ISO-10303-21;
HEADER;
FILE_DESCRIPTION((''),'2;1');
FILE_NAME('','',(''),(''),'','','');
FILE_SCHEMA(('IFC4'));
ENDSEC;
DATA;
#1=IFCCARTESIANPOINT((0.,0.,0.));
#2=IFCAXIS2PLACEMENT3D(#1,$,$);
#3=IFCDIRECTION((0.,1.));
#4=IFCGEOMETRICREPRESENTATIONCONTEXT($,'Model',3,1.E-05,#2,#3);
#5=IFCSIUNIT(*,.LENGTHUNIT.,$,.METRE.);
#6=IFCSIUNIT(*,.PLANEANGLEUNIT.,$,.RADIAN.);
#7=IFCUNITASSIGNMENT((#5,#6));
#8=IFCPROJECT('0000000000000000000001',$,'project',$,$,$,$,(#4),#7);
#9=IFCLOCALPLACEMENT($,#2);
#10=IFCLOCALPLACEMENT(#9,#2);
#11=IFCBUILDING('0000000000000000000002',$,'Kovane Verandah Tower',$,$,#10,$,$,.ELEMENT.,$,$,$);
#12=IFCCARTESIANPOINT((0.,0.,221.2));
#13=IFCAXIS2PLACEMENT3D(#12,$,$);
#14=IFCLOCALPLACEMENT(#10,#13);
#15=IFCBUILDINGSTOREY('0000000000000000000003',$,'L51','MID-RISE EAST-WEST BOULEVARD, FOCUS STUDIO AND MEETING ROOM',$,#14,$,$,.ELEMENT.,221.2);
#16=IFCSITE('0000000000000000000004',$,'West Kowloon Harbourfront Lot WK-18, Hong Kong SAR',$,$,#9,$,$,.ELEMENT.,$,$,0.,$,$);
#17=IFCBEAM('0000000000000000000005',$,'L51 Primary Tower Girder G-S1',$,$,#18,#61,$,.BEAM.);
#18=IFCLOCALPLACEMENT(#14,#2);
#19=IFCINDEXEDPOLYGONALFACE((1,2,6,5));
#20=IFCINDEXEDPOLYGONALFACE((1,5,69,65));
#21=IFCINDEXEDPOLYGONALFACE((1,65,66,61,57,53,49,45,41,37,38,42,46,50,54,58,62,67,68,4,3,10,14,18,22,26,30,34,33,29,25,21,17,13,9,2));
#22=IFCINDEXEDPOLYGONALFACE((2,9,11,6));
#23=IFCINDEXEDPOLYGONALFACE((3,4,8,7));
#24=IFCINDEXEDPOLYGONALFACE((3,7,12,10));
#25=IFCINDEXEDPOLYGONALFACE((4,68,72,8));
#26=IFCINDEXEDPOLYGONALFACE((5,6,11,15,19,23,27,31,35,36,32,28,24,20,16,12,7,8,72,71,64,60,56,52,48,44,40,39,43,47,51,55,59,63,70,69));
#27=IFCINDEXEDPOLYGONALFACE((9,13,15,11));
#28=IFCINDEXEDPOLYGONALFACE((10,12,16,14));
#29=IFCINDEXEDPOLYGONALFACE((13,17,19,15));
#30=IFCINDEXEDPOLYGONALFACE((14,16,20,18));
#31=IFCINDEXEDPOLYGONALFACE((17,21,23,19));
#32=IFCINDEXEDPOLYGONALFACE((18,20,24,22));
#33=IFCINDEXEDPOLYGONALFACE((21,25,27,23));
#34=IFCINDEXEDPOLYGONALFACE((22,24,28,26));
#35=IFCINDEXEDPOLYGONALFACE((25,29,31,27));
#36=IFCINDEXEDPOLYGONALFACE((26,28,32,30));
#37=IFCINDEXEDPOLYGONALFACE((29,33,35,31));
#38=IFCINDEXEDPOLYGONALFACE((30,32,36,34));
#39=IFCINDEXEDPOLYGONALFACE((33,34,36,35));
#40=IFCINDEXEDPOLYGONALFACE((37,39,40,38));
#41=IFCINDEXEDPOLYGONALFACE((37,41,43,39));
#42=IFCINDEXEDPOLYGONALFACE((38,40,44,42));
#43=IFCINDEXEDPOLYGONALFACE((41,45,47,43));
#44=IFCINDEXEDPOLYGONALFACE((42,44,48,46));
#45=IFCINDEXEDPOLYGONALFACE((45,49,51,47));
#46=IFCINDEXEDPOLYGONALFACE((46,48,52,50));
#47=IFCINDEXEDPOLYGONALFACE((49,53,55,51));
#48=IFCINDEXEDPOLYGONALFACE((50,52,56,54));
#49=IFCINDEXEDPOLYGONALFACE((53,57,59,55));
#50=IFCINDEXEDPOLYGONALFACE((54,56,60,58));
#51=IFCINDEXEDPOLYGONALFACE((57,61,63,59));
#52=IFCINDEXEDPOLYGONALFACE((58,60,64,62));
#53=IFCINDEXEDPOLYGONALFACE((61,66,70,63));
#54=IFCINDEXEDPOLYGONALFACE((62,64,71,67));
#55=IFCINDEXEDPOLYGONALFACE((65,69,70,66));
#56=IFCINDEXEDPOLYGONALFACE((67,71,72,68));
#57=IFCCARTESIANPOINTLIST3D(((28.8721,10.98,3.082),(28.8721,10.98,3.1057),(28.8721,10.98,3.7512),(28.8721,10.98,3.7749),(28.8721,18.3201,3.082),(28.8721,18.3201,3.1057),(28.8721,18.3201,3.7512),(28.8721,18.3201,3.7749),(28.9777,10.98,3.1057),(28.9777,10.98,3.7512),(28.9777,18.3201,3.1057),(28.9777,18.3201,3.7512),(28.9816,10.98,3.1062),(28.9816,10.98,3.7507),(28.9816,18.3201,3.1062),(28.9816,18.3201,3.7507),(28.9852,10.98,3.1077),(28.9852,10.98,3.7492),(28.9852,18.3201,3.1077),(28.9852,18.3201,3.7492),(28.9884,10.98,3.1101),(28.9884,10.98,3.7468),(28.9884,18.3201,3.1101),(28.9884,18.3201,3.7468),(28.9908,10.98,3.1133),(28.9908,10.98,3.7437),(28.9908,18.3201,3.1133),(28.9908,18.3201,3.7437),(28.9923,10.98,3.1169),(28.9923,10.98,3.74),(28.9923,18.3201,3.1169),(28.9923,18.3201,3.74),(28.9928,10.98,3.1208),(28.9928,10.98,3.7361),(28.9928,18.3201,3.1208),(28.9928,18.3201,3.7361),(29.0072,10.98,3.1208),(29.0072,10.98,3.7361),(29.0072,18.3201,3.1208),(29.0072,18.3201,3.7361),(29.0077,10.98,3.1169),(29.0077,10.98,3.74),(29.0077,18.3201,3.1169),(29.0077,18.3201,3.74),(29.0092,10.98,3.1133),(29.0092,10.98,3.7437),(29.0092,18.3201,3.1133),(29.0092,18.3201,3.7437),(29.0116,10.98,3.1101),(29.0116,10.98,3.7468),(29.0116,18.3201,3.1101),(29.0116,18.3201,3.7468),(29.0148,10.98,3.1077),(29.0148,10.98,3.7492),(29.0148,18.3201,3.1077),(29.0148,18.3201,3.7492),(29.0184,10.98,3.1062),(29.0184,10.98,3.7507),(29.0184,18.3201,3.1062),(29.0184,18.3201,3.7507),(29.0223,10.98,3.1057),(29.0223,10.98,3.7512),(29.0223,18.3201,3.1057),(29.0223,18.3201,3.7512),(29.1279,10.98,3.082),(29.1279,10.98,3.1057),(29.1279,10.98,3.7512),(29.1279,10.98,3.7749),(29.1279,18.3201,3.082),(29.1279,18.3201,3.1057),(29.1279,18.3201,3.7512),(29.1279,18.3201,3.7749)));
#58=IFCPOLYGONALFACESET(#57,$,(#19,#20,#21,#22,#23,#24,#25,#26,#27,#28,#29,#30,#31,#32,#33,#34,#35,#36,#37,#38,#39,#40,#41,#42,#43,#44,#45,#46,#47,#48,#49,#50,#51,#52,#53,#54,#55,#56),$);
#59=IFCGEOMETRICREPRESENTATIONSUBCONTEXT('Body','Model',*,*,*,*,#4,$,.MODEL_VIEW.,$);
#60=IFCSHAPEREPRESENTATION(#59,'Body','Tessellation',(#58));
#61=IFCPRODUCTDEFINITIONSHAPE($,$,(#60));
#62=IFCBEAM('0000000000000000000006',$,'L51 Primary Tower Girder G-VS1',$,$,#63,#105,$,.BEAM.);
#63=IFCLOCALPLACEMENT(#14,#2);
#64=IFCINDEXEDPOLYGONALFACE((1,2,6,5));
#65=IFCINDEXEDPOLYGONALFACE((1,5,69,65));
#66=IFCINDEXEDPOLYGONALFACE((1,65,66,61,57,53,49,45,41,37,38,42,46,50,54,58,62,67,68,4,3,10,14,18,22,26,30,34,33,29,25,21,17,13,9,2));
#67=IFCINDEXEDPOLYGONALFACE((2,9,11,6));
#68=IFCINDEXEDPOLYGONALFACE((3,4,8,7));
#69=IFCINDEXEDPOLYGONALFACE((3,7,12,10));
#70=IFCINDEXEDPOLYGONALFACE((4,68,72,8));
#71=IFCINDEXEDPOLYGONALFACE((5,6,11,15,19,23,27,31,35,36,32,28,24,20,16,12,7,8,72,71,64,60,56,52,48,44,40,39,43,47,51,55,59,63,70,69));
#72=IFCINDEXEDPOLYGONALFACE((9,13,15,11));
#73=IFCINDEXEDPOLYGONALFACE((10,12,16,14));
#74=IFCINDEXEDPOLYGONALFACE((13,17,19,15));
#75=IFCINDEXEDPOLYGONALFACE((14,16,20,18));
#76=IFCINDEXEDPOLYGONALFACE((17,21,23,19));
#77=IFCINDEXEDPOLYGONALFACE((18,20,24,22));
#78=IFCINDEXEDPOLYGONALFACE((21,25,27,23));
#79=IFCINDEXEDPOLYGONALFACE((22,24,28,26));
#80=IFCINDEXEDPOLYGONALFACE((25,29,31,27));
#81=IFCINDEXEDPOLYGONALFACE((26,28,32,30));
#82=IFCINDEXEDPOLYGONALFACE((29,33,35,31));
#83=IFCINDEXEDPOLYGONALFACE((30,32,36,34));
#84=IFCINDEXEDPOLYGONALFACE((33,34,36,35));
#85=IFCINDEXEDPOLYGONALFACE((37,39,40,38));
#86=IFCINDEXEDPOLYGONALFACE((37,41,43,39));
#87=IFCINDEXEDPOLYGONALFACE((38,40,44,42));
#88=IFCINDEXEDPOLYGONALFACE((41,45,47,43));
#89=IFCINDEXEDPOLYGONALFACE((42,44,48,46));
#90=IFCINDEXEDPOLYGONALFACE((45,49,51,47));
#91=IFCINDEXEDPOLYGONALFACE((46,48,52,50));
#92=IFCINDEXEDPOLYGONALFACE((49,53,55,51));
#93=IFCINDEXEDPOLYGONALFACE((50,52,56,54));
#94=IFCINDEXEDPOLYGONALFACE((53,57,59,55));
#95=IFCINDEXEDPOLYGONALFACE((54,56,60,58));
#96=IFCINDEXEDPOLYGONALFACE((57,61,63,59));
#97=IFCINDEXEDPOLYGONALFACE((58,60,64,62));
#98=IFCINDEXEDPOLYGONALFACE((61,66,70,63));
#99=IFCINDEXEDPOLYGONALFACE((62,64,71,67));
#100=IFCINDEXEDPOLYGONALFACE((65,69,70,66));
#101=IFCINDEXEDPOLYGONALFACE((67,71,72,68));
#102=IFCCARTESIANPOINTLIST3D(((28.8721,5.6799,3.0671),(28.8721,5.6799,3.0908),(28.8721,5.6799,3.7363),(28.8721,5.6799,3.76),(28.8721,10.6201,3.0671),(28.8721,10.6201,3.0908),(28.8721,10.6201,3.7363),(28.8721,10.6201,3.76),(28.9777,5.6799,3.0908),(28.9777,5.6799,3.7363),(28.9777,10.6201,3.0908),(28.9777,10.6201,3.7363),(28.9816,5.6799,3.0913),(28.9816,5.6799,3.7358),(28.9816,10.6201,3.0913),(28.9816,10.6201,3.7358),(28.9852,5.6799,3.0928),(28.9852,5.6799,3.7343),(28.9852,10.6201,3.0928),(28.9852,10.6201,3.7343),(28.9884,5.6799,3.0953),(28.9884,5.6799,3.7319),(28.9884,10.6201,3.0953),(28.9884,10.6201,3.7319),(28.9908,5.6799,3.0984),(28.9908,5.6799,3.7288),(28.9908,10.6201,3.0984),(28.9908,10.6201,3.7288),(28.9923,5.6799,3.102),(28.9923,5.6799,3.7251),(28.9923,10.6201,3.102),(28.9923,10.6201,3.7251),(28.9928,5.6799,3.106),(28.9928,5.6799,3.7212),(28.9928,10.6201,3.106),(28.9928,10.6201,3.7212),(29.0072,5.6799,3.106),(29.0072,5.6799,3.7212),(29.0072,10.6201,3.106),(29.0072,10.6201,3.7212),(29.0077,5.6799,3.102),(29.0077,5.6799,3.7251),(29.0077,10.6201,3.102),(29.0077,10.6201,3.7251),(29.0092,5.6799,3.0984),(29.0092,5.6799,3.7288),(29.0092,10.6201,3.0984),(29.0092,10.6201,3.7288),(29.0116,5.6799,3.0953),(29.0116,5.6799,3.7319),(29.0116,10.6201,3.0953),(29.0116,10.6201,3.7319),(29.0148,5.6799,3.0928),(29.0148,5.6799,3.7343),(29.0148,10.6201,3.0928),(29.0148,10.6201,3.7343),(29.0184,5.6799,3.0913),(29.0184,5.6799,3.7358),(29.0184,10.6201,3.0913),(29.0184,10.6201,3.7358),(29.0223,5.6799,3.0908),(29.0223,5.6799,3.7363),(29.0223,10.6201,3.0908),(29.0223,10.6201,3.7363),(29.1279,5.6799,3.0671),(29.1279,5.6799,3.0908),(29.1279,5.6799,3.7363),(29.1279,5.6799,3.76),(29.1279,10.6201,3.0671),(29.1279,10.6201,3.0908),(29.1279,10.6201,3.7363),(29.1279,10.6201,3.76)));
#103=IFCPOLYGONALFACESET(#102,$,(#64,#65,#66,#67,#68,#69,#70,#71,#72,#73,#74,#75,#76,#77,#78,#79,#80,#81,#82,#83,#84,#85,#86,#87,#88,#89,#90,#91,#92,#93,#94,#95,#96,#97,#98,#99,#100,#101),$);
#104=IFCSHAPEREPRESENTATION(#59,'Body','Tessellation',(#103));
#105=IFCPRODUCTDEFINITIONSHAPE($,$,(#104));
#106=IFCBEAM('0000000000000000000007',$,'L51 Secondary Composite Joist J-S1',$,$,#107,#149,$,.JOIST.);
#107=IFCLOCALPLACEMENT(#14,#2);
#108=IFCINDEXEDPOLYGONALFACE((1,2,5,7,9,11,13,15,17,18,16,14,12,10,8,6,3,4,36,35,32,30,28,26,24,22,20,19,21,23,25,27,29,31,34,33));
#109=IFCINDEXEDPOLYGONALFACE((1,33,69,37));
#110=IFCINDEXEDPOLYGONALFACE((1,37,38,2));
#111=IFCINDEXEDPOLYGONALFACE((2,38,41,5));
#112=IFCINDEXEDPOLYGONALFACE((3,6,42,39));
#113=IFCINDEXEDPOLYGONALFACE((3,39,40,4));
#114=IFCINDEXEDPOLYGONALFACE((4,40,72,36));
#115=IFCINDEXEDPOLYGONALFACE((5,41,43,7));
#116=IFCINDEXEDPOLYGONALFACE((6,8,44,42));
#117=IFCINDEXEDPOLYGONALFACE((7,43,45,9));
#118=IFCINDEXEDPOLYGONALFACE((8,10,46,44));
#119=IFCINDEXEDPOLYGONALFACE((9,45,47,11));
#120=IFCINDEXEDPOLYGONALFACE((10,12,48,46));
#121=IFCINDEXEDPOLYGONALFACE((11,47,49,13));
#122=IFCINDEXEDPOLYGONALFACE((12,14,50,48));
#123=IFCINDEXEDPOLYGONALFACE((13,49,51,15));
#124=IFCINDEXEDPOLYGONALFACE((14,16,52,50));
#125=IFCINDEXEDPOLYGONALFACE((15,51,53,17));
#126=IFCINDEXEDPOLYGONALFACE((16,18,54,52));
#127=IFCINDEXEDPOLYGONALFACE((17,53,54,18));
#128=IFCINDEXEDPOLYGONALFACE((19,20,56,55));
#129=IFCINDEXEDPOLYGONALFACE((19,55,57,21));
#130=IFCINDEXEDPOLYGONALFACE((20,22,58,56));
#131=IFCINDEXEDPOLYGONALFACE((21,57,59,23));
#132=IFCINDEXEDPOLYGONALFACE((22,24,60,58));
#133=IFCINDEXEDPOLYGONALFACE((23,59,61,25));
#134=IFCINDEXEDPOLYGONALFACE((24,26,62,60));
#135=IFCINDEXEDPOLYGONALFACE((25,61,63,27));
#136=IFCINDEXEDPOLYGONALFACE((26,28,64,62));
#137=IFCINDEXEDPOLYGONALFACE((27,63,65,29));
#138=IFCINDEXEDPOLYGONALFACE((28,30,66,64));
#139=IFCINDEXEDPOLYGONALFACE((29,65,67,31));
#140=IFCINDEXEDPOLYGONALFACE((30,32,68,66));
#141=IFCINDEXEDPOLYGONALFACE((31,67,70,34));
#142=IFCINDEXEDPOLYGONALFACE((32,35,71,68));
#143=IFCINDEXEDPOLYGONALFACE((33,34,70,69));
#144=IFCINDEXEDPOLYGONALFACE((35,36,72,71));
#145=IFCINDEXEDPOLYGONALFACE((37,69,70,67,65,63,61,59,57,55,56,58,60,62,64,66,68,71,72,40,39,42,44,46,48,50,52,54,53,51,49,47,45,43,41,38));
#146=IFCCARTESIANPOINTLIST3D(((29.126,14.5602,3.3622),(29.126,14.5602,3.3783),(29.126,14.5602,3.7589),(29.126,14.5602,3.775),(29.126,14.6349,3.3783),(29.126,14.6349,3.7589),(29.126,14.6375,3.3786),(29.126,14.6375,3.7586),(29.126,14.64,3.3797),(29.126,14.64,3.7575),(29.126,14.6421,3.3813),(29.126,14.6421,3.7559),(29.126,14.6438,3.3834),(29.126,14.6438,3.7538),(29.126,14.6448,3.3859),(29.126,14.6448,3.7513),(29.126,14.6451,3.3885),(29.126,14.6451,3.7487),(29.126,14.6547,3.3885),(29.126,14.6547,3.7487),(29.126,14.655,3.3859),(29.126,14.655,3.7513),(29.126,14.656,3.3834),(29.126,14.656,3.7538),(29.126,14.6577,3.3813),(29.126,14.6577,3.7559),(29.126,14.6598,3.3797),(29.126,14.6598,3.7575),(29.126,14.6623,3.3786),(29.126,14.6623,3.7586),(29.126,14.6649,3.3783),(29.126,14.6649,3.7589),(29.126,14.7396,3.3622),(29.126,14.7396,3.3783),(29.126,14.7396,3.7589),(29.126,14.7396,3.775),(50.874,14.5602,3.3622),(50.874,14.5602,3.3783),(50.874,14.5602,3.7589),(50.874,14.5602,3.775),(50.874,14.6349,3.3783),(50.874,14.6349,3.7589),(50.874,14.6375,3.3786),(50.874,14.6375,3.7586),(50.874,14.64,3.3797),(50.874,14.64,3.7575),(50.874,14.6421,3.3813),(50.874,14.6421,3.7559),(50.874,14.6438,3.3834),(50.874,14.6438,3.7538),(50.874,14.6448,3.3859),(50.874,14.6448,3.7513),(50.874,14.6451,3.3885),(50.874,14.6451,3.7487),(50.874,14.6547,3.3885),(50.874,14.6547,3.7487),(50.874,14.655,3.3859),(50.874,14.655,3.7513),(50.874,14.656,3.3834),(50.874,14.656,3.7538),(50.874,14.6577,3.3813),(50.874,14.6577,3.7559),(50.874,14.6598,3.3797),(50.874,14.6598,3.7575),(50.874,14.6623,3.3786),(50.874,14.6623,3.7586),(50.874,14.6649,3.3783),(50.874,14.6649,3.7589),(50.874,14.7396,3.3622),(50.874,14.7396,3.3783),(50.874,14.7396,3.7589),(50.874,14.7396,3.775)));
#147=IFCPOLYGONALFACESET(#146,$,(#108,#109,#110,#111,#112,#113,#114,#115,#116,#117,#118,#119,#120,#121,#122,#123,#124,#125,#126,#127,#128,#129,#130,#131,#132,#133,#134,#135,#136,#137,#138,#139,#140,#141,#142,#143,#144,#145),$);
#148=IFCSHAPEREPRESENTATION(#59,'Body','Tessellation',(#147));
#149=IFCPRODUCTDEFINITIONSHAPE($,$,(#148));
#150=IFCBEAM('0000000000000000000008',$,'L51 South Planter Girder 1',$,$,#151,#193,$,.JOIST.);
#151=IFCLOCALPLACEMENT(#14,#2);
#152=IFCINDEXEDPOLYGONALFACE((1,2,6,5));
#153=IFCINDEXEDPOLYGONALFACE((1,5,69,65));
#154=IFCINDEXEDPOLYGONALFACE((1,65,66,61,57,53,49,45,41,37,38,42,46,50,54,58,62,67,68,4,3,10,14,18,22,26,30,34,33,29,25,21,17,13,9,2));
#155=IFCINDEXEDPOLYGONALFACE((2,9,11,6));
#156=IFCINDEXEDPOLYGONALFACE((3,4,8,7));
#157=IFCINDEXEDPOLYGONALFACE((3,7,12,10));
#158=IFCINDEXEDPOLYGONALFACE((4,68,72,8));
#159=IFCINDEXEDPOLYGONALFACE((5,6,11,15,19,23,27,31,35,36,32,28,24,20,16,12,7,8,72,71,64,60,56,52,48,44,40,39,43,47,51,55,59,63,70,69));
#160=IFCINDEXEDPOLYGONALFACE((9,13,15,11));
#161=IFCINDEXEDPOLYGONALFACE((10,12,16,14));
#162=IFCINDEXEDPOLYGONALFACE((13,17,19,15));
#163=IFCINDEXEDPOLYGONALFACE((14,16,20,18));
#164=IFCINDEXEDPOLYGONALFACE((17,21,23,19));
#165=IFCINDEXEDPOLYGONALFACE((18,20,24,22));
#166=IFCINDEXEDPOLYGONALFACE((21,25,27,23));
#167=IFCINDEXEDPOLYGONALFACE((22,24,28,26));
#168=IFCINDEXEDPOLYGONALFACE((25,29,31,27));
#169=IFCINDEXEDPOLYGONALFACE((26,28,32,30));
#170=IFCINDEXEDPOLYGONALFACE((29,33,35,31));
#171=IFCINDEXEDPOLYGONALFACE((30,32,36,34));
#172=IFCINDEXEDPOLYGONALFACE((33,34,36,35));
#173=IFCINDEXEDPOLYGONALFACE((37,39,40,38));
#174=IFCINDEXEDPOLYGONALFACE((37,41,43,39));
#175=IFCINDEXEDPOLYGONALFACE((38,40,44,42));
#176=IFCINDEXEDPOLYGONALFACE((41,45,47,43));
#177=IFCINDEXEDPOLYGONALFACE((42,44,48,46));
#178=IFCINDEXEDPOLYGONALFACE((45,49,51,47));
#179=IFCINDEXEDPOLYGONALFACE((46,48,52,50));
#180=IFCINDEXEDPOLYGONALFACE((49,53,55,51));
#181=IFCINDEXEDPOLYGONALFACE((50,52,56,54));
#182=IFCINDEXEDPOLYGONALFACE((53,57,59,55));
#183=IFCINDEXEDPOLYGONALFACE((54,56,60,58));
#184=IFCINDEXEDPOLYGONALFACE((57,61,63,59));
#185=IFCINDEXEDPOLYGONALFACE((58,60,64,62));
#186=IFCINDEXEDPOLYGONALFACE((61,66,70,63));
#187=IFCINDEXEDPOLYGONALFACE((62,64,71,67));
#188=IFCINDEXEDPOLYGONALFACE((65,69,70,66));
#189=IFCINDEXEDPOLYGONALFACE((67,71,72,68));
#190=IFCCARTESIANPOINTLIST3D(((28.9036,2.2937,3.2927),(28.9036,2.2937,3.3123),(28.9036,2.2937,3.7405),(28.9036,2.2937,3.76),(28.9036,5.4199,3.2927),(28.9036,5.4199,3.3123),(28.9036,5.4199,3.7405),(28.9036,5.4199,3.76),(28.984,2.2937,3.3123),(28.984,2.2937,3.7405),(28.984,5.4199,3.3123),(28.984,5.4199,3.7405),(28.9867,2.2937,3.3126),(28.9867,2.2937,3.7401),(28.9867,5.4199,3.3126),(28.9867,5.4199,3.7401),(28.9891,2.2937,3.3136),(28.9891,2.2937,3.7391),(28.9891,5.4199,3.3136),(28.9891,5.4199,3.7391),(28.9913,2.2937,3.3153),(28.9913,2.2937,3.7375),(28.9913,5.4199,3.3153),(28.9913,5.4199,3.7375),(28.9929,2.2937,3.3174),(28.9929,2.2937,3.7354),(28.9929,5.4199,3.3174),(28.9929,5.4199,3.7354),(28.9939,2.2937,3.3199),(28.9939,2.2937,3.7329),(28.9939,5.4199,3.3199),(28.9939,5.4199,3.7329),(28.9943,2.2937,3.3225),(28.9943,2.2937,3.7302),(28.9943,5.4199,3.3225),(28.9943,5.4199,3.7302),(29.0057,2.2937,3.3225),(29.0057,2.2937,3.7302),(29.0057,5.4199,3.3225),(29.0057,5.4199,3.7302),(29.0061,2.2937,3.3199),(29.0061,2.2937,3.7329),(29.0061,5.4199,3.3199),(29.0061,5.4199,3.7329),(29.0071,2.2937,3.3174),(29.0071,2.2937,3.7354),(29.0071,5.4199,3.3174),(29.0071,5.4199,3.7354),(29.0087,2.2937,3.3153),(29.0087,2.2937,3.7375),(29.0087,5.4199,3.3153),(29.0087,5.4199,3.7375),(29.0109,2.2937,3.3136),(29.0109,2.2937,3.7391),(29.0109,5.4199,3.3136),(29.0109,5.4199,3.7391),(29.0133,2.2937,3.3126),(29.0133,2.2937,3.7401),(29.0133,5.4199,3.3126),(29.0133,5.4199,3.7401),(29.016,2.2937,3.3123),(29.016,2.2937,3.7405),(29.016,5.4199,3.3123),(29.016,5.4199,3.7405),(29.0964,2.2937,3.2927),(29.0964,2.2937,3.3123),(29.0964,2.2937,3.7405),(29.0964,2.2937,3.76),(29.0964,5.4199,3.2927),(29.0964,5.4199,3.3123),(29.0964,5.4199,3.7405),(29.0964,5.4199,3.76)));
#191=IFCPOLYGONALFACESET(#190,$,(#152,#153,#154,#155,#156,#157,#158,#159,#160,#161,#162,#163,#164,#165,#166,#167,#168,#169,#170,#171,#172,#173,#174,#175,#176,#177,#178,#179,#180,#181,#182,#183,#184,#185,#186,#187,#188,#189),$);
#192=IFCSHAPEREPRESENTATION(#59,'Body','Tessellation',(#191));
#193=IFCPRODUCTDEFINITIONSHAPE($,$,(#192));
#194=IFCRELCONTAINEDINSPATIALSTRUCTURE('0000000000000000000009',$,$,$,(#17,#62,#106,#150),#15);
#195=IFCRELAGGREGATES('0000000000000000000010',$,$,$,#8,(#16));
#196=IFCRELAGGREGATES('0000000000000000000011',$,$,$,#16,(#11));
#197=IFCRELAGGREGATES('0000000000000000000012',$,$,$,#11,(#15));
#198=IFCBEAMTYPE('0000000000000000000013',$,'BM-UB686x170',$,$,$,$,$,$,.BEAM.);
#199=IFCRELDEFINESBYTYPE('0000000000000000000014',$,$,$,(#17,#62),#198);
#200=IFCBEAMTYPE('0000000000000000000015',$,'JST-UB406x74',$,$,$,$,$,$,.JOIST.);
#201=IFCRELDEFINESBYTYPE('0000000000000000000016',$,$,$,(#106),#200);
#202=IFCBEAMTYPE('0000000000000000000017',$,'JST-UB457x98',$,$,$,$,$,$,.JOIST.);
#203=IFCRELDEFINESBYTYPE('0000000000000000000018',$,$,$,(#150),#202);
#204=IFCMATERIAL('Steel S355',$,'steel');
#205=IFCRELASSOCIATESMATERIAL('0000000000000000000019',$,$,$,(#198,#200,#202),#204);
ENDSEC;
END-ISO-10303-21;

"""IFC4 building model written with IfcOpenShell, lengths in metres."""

from ifc_helpers import new_model, si_unit, direction, frame, origin, origin_2d, place, context, subcontext, project, spatial, i_section, extrude, material, material_profile, profile_set, type_object, element, save


model = new_model("IFC4")

# Units and contexts
model_context = context("Model", 3, precision=1e-05, world=origin(), true_north=direction((0.0, 1.0)))
body_context = subcontext(model_context, "Body", "Model", "MODEL_VIEW")
ifc_project = project(units=[si_unit("LENGTHUNIT", "METRE"), si_unit("PLANEANGLEUNIT", "RADIAN")], contexts=[model_context])

# Site, building, storey
site_placement = place(None, origin())
site = spatial("IfcSite", under=ifc_project, at=site_placement, Name="West Kowloon Harbourfront Lot WK-18, Hong Kong SAR", CompositionType="ELEMENT", RefElevation=0.0)
building_placement = place(site_placement, origin())
building = spatial("IfcBuilding", under=site, at=building_placement, Name="Kovane Verandah Tower", CompositionType="ELEMENT")
storey_placement = place(building_placement, frame((0.0, 0.0, 221.2)))
storey = spatial("IfcBuildingStorey", under=building, at=storey_placement, Name="L51", Description="MID-RISE EAST-WEST BOULEVARD, FOCUS STUDIO AND MEETING ROOM", CompositionType="ELEMENT", Elevation=221.2)

# Beams
ifc_material_1 = material(Name="Steel S355", Category="steel")
ifc_material_profile_1 = material_profile(ifc_material_1, i_section(OverallWidth=0.2559, OverallDepth=0.6929, WebThickness=0.0144, FlangeThickness=0.0237, FilletRadius=0.0151, at=origin_2d()), Name="UB686x254x170")
ifc_profile_set_1 = profile_set([ifc_material_profile_1], Name="Steel S355")
beam_type_1 = type_object("IfcBeamType", Name="BM-UB686x170", PredefinedType="BEAM", material=ifc_profile_set_1)
beam_1_placement = place(storey_placement, frame((29.0, 18.3201, 3.4285), z_axis=(0.0, -1.0, 0.0), x_axis=(1.0, 0.0, 0.0)))
element("IfcBeam", 1, at=beam_1_placement, inside=storey, type_object=beam_type_1, Name="L51 Primary Tower Girder G-S1", PredefinedType="BEAM", context=body_context, shape_type="SweptSolid", body=[
    extrude(i_section(OverallWidth=0.2559, OverallDepth=0.6929, WebThickness=0.0144, FlangeThickness=0.0237, FilletRadius=0.0151, at=origin_2d()), origin(), (0.0, 0.0, 1.0), 7.3401),
])
beam_2_placement = place(storey_placement, frame((29.0, 10.6201, 3.4136), z_axis=(0.0, -1.0, 0.0), x_axis=(1.0, 0.0, 0.0)))
element("IfcBeam", 2, at=beam_2_placement, inside=storey, type_object=beam_type_1, Name="L51 Primary Tower Girder G-VS1", PredefinedType="BEAM", context=body_context, shape_type="SweptSolid", body=[
    extrude(i_section(OverallWidth=0.2559, OverallDepth=0.6929, WebThickness=0.0144, FlangeThickness=0.0237, FilletRadius=0.0151, at=origin_2d()), origin(), (0.0, 0.0, 1.0), 4.9402),
])
ifc_material_profile_2 = material_profile(ifc_material_1, i_section(OverallWidth=0.1794, OverallDepth=0.4128, WebThickness=0.0095, FlangeThickness=0.0161, FilletRadius=0.0103, at=origin_2d()), Name="UB406x178x74")
ifc_profile_set_2 = profile_set([ifc_material_profile_2], Name="Steel S355")
beam_type_2 = type_object("IfcBeamType", Name="JST-UB406x74", PredefinedType="JOIST", material=ifc_profile_set_2)
beam_3_placement = place(storey_placement, frame((29.126, 14.6499, 3.5686), z_axis=(1.0, 0.0, 0.0), x_axis=(0.0, 1.0, 0.0)))
element("IfcBeam", 3, at=beam_3_placement, inside=storey, type_object=beam_type_2, Name="L51 Secondary Composite Joist J-S1", PredefinedType="JOIST", context=body_context, shape_type="SweptSolid", body=[
    extrude(i_section(OverallWidth=0.1794, OverallDepth=0.4128, WebThickness=0.0095, FlangeThickness=0.0161, FilletRadius=0.0103, at=origin_2d()), origin(), (0.0, 0.0, 1.0), 21.748),
])
ifc_material_profile_3 = material_profile(ifc_material_1, i_section(OverallWidth=0.1929, OverallDepth=0.4673, WebThickness=0.0115, FlangeThickness=0.0195, FilletRadius=0.0103, at=origin_2d()), Name="UB457x191x98")
ifc_profile_set_3 = profile_set([ifc_material_profile_3], Name="Steel S355")
beam_type_3 = type_object("IfcBeamType", Name="JST-UB457x98", PredefinedType="JOIST", material=ifc_profile_set_3)
beam_4_placement = place(storey_placement, frame((29.0, 5.4199, 3.5264), z_axis=(0.0, -1.0, 0.0), x_axis=(1.0, 0.0, 0.0)))
element("IfcBeam", 4, at=beam_4_placement, inside=storey, type_object=beam_type_3, Name="L51 South Planter Girder 1", PredefinedType="JOIST", context=body_context, shape_type="SweptSolid", body=[
    extrude(i_section(OverallWidth=0.1929, OverallDepth=0.4673, WebThickness=0.0115, FlangeThickness=0.0195, FilletRadius=0.0103, at=origin_2d()), origin(), (0.0, 0.0, 1.0), 3.1262),
])

save(model, "model.ifc")
